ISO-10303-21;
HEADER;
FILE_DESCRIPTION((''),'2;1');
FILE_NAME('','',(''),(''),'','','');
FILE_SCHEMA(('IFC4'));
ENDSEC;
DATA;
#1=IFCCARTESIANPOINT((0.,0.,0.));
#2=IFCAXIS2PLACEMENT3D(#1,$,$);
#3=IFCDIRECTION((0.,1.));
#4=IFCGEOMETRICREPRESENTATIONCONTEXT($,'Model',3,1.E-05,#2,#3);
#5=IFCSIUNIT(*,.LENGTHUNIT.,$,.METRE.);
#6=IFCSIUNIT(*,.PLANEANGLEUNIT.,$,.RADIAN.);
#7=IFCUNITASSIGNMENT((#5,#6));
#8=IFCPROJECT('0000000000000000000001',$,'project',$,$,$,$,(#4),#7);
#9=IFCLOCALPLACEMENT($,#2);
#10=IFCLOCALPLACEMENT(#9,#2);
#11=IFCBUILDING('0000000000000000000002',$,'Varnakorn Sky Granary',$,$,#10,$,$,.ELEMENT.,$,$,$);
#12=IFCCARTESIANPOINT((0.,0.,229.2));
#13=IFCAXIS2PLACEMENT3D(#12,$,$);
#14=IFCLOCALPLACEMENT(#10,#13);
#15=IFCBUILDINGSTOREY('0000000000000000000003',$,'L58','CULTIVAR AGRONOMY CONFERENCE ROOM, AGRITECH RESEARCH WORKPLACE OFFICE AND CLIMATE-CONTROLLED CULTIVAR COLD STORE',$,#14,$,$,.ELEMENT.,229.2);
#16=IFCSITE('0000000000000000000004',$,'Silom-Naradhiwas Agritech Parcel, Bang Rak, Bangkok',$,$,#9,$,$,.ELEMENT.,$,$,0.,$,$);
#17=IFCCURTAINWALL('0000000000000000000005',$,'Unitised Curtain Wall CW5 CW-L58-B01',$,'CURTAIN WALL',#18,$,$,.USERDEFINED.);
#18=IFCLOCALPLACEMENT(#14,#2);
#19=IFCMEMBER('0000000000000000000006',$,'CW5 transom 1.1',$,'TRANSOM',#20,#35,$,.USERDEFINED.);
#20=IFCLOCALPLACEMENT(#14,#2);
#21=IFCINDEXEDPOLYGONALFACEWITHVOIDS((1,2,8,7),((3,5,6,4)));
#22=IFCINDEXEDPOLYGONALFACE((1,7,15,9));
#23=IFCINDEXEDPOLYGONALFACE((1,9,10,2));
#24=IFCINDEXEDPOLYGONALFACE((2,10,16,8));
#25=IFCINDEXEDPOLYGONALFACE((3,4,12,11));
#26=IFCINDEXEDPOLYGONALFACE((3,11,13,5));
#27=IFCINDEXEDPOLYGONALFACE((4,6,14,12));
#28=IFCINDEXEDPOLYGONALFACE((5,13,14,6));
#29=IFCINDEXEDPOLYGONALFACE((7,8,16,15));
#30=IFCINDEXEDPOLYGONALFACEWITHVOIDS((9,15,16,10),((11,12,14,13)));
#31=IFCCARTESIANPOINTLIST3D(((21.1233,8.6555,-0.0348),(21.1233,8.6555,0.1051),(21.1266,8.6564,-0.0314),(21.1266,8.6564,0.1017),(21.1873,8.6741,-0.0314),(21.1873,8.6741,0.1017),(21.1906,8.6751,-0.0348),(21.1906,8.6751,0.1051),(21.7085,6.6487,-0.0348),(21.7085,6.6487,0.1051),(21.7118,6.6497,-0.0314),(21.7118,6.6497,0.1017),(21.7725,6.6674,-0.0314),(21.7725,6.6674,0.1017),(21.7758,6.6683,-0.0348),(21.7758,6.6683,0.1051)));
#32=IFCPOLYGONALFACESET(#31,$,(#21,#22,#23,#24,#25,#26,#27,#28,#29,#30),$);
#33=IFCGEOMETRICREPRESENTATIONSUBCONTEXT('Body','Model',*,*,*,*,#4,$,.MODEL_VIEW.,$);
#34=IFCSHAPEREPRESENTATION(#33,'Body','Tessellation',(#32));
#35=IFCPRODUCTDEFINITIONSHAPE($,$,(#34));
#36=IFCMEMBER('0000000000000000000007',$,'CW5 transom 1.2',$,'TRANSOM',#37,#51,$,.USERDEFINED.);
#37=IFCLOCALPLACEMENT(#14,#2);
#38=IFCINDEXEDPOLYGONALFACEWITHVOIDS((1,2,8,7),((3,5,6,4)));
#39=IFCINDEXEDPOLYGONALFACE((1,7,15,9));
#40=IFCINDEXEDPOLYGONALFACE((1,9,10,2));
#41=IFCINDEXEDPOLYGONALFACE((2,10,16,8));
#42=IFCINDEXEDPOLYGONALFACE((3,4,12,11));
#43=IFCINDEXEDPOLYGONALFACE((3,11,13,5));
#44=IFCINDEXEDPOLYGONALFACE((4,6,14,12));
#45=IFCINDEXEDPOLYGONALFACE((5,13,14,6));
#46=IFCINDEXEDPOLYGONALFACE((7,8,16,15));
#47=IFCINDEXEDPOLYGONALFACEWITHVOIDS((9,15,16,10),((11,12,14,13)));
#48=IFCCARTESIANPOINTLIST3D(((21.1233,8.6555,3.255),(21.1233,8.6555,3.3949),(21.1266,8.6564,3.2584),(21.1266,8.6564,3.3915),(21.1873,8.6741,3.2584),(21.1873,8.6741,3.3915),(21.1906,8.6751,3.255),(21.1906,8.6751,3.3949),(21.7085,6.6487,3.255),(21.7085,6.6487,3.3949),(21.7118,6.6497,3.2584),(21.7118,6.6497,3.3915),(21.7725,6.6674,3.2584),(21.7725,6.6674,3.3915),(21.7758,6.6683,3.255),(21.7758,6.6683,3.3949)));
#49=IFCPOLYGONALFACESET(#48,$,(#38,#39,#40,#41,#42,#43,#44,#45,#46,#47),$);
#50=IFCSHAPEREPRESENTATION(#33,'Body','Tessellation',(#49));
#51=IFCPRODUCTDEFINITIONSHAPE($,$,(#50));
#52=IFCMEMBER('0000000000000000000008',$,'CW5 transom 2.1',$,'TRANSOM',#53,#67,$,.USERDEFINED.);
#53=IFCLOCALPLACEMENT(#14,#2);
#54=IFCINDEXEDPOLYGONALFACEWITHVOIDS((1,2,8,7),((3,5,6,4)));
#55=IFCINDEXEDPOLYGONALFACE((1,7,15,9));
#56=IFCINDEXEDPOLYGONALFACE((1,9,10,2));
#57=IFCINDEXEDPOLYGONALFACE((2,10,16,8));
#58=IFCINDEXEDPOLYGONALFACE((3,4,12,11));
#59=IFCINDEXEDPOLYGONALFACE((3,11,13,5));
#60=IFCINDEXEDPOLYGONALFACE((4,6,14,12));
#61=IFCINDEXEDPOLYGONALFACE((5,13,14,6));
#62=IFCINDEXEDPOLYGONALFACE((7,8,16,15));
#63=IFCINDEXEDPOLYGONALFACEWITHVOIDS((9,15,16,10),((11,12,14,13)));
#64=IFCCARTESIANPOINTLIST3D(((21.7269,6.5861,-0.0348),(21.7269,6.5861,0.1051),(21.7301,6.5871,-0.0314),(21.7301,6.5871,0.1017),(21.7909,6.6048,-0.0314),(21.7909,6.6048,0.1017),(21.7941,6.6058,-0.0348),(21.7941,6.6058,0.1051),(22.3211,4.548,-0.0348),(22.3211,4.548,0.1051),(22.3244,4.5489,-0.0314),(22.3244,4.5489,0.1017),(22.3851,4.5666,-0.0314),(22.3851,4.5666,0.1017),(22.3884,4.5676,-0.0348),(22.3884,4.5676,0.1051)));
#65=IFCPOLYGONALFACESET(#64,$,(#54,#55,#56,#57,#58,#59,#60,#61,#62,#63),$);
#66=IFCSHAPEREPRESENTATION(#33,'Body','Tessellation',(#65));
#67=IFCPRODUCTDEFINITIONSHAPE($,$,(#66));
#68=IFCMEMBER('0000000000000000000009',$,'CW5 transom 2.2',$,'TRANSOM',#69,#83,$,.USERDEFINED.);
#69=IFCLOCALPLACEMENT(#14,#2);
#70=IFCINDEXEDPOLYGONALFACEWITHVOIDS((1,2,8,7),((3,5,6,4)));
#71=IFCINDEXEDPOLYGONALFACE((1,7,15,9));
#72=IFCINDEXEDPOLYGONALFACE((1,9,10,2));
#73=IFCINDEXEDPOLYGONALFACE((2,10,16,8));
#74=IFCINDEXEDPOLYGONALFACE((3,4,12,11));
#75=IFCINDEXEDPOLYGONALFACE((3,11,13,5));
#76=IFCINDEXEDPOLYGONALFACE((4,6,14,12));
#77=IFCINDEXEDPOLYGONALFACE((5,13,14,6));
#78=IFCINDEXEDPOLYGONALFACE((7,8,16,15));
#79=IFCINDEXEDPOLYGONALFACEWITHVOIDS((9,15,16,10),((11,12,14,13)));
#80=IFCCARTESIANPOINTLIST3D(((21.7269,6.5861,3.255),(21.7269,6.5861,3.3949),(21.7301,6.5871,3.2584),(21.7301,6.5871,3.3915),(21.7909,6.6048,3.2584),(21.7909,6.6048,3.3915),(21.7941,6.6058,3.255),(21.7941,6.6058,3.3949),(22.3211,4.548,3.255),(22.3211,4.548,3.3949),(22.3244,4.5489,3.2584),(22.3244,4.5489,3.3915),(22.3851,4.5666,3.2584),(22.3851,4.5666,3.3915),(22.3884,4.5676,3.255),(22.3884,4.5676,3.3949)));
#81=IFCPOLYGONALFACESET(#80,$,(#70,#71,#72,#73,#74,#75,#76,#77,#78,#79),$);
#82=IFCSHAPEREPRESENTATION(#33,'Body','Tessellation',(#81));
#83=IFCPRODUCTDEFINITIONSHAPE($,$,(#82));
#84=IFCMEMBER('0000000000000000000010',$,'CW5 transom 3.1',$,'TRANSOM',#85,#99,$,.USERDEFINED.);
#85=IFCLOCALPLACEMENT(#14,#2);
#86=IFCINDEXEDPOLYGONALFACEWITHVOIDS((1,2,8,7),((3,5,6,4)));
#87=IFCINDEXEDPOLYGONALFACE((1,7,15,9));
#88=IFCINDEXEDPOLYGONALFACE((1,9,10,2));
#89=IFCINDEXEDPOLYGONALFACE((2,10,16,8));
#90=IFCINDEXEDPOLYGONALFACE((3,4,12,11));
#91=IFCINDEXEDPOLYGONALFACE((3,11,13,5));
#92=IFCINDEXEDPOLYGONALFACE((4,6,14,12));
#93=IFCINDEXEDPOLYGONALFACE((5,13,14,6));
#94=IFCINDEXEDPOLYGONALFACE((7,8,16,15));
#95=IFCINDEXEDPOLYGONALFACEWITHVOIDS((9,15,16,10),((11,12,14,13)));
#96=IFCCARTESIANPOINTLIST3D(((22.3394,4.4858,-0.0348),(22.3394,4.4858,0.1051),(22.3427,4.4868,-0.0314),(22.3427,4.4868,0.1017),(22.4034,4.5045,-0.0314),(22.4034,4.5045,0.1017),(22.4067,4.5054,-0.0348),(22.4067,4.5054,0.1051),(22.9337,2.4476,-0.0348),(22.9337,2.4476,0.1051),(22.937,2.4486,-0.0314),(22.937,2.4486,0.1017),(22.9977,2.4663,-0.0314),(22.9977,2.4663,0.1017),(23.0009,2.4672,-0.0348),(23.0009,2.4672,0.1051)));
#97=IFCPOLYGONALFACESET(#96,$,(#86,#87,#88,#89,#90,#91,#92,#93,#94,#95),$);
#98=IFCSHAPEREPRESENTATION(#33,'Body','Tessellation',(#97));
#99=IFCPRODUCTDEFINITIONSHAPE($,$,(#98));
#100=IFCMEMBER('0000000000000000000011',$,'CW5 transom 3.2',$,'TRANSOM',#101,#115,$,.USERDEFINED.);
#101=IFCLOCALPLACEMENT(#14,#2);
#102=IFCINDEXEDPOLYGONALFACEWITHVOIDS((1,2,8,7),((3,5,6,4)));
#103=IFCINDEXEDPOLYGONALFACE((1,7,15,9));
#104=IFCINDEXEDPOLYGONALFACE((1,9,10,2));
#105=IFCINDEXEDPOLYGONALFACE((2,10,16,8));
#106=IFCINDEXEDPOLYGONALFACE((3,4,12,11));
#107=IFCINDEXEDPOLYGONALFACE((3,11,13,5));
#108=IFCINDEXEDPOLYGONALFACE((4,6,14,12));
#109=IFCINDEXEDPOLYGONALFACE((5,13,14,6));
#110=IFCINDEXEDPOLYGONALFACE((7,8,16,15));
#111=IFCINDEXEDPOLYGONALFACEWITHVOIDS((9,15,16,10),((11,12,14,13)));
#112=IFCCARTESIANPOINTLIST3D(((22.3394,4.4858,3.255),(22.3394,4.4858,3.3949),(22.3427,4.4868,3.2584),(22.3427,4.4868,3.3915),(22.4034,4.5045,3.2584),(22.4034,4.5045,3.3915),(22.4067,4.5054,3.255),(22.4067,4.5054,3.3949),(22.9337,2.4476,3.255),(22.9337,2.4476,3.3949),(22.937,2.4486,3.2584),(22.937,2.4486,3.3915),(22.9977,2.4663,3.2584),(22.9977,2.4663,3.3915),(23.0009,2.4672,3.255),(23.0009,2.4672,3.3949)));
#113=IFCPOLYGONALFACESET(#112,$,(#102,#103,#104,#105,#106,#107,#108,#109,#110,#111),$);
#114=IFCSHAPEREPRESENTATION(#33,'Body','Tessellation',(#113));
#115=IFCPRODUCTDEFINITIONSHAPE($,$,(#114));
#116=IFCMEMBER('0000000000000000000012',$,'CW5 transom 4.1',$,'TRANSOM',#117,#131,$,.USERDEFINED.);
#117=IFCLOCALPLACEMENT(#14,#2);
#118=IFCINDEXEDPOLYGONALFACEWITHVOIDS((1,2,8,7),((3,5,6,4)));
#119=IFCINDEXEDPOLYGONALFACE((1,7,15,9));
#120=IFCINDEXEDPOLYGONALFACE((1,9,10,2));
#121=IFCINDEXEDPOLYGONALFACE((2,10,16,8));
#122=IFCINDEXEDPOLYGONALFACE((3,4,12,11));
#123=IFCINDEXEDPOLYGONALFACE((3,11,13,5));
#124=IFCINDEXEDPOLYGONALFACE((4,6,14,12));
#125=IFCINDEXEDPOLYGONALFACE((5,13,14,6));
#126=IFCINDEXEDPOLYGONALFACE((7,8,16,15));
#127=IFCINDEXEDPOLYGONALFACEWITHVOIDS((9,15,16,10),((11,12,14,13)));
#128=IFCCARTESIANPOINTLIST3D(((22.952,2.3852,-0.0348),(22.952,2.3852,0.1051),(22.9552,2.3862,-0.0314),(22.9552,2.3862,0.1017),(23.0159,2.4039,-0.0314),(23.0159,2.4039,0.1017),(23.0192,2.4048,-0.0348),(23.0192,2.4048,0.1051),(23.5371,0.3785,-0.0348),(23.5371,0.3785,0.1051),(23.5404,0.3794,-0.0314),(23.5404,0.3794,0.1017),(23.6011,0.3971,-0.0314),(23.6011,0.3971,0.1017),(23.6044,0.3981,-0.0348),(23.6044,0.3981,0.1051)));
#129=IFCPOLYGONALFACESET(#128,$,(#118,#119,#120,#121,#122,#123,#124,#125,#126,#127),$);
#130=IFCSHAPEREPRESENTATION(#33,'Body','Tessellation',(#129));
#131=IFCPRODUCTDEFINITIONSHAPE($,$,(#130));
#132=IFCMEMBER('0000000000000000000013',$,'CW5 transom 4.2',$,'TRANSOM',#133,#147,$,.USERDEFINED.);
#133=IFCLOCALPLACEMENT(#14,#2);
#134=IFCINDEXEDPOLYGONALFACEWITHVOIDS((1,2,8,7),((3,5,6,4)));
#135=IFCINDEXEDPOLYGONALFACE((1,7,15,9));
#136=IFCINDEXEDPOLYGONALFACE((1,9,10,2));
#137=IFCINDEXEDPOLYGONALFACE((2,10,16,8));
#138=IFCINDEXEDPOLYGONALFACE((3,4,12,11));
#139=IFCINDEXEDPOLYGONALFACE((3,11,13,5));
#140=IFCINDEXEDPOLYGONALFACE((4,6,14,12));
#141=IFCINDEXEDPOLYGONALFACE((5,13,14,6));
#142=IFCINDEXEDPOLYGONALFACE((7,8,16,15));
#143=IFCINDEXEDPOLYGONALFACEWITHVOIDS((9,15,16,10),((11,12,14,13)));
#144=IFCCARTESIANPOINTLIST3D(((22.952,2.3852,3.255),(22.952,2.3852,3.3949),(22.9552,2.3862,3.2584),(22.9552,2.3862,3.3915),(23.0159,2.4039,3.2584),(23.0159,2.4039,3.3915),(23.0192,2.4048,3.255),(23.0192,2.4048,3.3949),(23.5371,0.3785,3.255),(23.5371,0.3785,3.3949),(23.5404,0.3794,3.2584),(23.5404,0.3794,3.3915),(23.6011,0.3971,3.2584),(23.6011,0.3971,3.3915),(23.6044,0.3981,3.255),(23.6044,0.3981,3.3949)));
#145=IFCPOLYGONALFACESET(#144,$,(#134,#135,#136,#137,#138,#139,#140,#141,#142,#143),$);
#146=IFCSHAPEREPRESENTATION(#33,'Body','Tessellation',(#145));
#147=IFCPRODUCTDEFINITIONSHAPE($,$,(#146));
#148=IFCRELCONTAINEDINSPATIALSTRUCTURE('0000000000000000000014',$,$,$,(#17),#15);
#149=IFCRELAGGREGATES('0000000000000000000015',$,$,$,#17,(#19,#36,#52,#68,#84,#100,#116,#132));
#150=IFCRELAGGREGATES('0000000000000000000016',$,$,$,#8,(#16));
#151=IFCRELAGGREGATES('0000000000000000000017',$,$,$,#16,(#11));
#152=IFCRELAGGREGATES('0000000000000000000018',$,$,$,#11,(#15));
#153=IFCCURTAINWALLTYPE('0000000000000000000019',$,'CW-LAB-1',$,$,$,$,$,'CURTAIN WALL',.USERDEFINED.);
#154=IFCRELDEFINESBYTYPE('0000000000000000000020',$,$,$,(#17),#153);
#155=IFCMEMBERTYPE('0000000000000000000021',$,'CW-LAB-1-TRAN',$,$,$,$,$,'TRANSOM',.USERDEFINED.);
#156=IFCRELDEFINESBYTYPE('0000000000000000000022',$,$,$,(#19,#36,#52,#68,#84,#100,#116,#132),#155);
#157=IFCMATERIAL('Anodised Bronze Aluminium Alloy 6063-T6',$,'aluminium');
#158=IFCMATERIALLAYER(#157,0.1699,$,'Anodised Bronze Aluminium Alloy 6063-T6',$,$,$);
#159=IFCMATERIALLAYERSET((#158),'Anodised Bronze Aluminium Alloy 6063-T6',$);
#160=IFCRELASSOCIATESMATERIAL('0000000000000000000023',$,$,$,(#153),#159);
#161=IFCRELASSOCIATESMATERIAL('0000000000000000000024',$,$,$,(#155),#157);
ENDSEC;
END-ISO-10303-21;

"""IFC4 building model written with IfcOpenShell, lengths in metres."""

from ifc_helpers import new_model, si_unit, direction, frame, origin, origin_2d, place, context, subcontext, project, spatial, hollow_rectangle, extrude, material, layer, layer_set, material_profile, profile_set, type_object, element, aggregate, save


model = new_model("IFC4")

# Units and contexts
model_context = context("Model", 3, precision=1e-05, world=origin(), true_north=direction((0.0, 1.0)))
body_context = subcontext(model_context, "Body", "Model", "MODEL_VIEW")
ifc_project = project(units=[si_unit("LENGTHUNIT", "METRE"), si_unit("PLANEANGLEUNIT", "RADIAN")], contexts=[model_context])

# Site, building, storey
site_placement = place(None, origin())
site = spatial("IfcSite", under=ifc_project, at=site_placement, Name="Silom-Naradhiwas Agritech Parcel, Bang Rak, Bangkok", CompositionType="ELEMENT", RefElevation=0.0)
building_placement = place(site_placement, origin())
building = spatial("IfcBuilding", under=site, at=building_placement, Name="Varnakorn Sky Granary", CompositionType="ELEMENT")
storey_placement = place(building_placement, frame((0.0, 0.0, 229.2)))
storey = spatial("IfcBuildingStorey", under=building, at=storey_placement, Name="L58", Description="CULTIVAR AGRONOMY CONFERENCE ROOM, AGRITECH RESEARCH WORKPLACE OFFICE AND CLIMATE-CONTROLLED CULTIVAR COLD STORE", CompositionType="ELEMENT", Elevation=229.2)

# Curtain wall
ifc_material_1 = material(Name="Anodised Bronze Aluminium Alloy 6063-T6", Category="aluminium")
ifc_layer_1 = layer(ifc_material_1, 0.1699, Name="Anodised Bronze Aluminium Alloy 6063-T6")
ifc_layer_set_1 = layer_set([ifc_layer_1], Name="Anodised Bronze Aluminium Alloy 6063-T6")
curtain_wall_type = type_object("IfcCurtainWallType", Name="CW-LAB-1", ElementType="CURTAIN WALL", PredefinedType="USERDEFINED", material=ifc_layer_set_1)
curtain_wall_1_placement = place(storey_placement, origin())
curtain_wall_1 = element("IfcCurtainWall", 1, at=curtain_wall_1_placement, inside=storey, type_object=curtain_wall_type, Name="Unitised Curtain Wall CW5 CW-L58-B01", ObjectType="CURTAIN WALL", PredefinedType="USERDEFINED")

# Members
ifc_material_profile_1 = material_profile(ifc_material_1, hollow_rectangle(XDim=0.0701, YDim=0.1399, WallThickness=0.0034, at=origin_2d()), Name="ALU TRAN 70x140")
ifc_profile_set_1 = profile_set([ifc_material_profile_1], Name="Anodised Bronze Aluminium Alloy 6063-T6")
member_type_1 = type_object("IfcMemberType", Name="CW-LAB-1-TRAN", ElementType="TRANSOM", PredefinedType="USERDEFINED", material=ifc_profile_set_1)
member_1_placement = place(storey_placement, frame((21.157, 8.6653, 0.0352), z_axis=(0.279946, -0.960016, 0.0), x_axis=(0.960016, 0.279946, 0.0)))
member_1 = element("IfcMember", 2, at=member_1_placement, type_object=member_type_1, Name="CW5 transom 1.1", ObjectType="TRANSOM", PredefinedType="USERDEFINED", context=body_context, shape_type="SweptSolid", body=[
    extrude(hollow_rectangle(XDim=0.0701, YDim=0.1399, WallThickness=0.0034, at=origin_2d()), origin(), (0.0, 0.0, 1.0), 2.0903),
])
member_2_placement = place(storey_placement, frame((21.157, 8.6653, 3.325), z_axis=(0.279946, -0.960016, 0.0), x_axis=(0.960016, 0.279946, 0.0)))
member_2 = element("IfcMember", 3, at=member_2_placement, type_object=member_type_1, Name="CW5 transom 1.2", ObjectType="TRANSOM", PredefinedType="USERDEFINED", context=body_context, shape_type="SweptSolid", body=[
    extrude(hollow_rectangle(XDim=0.0701, YDim=0.1399, WallThickness=0.0034, at=origin_2d()), origin(), (0.0, 0.0, 1.0), 2.0903),
])
member_3_placement = place(storey_placement, frame((21.7605, 6.5959, 0.0352), z_axis=(0.279912, -0.960026, 0.0), x_axis=(0.960026, 0.279912, 0.0)))
member_3 = element("IfcMember", 4, at=member_3_placement, type_object=member_type_1, Name="CW5 transom 2.1", ObjectType="TRANSOM", PredefinedType="USERDEFINED", context=body_context, shape_type="SweptSolid", body=[
    extrude(hollow_rectangle(XDim=0.0701, YDim=0.1399, WallThickness=0.0034, at=origin_2d()), origin(), (0.0, 0.0, 1.0), 2.123),
])
member_4_placement = place(storey_placement, frame((21.7605, 6.5959, 3.325), z_axis=(0.279912, -0.960026, 0.0), x_axis=(0.960026, 0.279912, 0.0)))
member_4 = element("IfcMember", 5, at=member_4_placement, type_object=member_type_1, Name="CW5 transom 2.2", ObjectType="TRANSOM", PredefinedType="USERDEFINED", context=body_context, shape_type="SweptSolid", body=[
    extrude(hollow_rectangle(XDim=0.0701, YDim=0.1399, WallThickness=0.0034, at=origin_2d()), origin(), (0.0, 0.0, 1.0), 2.123),
])
member_5_placement = place(storey_placement, frame((22.373, 4.4956, 0.0352), z_axis=(0.279912, -0.960026, 0.0), x_axis=(0.960026, 0.279912, 0.0)))
member_5 = element("IfcMember", 6, at=member_5_placement, type_object=member_type_1, Name="CW5 transom 3.1", ObjectType="TRANSOM", PredefinedType="USERDEFINED", context=body_context, shape_type="SweptSolid", body=[
    extrude(hollow_rectangle(XDim=0.0701, YDim=0.1399, WallThickness=0.0034, at=origin_2d()), origin(), (0.0, 0.0, 1.0), 2.123),
])
member_6_placement = place(storey_placement, frame((22.373, 4.4956, 3.325), z_axis=(0.279912, -0.960026, 0.0), x_axis=(0.960026, 0.279912, 0.0)))
member_6 = element("IfcMember", 7, at=member_6_placement, type_object=member_type_1, Name="CW5 transom 3.2", ObjectType="TRANSOM", PredefinedType="USERDEFINED", context=body_context, shape_type="SweptSolid", body=[
    extrude(hollow_rectangle(XDim=0.0701, YDim=0.1399, WallThickness=0.0034, at=origin_2d()), origin(), (0.0, 0.0, 1.0), 2.123),
])
member_7_placement = place(storey_placement, frame((22.9856, 2.395, 0.0352), z_axis=(0.279946, -0.960016, 0.0), x_axis=(0.960016, 0.279946, 0.0)))
member_7 = element("IfcMember", 8, at=member_7_placement, type_object=member_type_1, Name="CW5 transom 4.1", ObjectType="TRANSOM", PredefinedType="USERDEFINED", context=body_context, shape_type="SweptSolid", body=[
    extrude(hollow_rectangle(XDim=0.0701, YDim=0.1399, WallThickness=0.0034, at=origin_2d()), origin(), (0.0, 0.0, 1.0), 2.0903),
])
member_8_placement = place(storey_placement, frame((22.9856, 2.395, 3.325), z_axis=(0.279946, -0.960016, 0.0), x_axis=(0.960016, 0.279946, 0.0)))
member_8 = element("IfcMember", 9, at=member_8_placement, type_object=member_type_1, Name="CW5 transom 4.2", ObjectType="TRANSOM", PredefinedType="USERDEFINED", context=body_context, shape_type="SweptSolid", body=[
    extrude(hollow_rectangle(XDim=0.0701, YDim=0.1399, WallThickness=0.0034, at=origin_2d()), origin(), (0.0, 0.0, 1.0), 2.0903),
])

aggregate(curtain_wall_1, [member_1, member_2, member_3, member_4, member_5, member_6, member_7, member_8])

save(model, "model.ifc")
